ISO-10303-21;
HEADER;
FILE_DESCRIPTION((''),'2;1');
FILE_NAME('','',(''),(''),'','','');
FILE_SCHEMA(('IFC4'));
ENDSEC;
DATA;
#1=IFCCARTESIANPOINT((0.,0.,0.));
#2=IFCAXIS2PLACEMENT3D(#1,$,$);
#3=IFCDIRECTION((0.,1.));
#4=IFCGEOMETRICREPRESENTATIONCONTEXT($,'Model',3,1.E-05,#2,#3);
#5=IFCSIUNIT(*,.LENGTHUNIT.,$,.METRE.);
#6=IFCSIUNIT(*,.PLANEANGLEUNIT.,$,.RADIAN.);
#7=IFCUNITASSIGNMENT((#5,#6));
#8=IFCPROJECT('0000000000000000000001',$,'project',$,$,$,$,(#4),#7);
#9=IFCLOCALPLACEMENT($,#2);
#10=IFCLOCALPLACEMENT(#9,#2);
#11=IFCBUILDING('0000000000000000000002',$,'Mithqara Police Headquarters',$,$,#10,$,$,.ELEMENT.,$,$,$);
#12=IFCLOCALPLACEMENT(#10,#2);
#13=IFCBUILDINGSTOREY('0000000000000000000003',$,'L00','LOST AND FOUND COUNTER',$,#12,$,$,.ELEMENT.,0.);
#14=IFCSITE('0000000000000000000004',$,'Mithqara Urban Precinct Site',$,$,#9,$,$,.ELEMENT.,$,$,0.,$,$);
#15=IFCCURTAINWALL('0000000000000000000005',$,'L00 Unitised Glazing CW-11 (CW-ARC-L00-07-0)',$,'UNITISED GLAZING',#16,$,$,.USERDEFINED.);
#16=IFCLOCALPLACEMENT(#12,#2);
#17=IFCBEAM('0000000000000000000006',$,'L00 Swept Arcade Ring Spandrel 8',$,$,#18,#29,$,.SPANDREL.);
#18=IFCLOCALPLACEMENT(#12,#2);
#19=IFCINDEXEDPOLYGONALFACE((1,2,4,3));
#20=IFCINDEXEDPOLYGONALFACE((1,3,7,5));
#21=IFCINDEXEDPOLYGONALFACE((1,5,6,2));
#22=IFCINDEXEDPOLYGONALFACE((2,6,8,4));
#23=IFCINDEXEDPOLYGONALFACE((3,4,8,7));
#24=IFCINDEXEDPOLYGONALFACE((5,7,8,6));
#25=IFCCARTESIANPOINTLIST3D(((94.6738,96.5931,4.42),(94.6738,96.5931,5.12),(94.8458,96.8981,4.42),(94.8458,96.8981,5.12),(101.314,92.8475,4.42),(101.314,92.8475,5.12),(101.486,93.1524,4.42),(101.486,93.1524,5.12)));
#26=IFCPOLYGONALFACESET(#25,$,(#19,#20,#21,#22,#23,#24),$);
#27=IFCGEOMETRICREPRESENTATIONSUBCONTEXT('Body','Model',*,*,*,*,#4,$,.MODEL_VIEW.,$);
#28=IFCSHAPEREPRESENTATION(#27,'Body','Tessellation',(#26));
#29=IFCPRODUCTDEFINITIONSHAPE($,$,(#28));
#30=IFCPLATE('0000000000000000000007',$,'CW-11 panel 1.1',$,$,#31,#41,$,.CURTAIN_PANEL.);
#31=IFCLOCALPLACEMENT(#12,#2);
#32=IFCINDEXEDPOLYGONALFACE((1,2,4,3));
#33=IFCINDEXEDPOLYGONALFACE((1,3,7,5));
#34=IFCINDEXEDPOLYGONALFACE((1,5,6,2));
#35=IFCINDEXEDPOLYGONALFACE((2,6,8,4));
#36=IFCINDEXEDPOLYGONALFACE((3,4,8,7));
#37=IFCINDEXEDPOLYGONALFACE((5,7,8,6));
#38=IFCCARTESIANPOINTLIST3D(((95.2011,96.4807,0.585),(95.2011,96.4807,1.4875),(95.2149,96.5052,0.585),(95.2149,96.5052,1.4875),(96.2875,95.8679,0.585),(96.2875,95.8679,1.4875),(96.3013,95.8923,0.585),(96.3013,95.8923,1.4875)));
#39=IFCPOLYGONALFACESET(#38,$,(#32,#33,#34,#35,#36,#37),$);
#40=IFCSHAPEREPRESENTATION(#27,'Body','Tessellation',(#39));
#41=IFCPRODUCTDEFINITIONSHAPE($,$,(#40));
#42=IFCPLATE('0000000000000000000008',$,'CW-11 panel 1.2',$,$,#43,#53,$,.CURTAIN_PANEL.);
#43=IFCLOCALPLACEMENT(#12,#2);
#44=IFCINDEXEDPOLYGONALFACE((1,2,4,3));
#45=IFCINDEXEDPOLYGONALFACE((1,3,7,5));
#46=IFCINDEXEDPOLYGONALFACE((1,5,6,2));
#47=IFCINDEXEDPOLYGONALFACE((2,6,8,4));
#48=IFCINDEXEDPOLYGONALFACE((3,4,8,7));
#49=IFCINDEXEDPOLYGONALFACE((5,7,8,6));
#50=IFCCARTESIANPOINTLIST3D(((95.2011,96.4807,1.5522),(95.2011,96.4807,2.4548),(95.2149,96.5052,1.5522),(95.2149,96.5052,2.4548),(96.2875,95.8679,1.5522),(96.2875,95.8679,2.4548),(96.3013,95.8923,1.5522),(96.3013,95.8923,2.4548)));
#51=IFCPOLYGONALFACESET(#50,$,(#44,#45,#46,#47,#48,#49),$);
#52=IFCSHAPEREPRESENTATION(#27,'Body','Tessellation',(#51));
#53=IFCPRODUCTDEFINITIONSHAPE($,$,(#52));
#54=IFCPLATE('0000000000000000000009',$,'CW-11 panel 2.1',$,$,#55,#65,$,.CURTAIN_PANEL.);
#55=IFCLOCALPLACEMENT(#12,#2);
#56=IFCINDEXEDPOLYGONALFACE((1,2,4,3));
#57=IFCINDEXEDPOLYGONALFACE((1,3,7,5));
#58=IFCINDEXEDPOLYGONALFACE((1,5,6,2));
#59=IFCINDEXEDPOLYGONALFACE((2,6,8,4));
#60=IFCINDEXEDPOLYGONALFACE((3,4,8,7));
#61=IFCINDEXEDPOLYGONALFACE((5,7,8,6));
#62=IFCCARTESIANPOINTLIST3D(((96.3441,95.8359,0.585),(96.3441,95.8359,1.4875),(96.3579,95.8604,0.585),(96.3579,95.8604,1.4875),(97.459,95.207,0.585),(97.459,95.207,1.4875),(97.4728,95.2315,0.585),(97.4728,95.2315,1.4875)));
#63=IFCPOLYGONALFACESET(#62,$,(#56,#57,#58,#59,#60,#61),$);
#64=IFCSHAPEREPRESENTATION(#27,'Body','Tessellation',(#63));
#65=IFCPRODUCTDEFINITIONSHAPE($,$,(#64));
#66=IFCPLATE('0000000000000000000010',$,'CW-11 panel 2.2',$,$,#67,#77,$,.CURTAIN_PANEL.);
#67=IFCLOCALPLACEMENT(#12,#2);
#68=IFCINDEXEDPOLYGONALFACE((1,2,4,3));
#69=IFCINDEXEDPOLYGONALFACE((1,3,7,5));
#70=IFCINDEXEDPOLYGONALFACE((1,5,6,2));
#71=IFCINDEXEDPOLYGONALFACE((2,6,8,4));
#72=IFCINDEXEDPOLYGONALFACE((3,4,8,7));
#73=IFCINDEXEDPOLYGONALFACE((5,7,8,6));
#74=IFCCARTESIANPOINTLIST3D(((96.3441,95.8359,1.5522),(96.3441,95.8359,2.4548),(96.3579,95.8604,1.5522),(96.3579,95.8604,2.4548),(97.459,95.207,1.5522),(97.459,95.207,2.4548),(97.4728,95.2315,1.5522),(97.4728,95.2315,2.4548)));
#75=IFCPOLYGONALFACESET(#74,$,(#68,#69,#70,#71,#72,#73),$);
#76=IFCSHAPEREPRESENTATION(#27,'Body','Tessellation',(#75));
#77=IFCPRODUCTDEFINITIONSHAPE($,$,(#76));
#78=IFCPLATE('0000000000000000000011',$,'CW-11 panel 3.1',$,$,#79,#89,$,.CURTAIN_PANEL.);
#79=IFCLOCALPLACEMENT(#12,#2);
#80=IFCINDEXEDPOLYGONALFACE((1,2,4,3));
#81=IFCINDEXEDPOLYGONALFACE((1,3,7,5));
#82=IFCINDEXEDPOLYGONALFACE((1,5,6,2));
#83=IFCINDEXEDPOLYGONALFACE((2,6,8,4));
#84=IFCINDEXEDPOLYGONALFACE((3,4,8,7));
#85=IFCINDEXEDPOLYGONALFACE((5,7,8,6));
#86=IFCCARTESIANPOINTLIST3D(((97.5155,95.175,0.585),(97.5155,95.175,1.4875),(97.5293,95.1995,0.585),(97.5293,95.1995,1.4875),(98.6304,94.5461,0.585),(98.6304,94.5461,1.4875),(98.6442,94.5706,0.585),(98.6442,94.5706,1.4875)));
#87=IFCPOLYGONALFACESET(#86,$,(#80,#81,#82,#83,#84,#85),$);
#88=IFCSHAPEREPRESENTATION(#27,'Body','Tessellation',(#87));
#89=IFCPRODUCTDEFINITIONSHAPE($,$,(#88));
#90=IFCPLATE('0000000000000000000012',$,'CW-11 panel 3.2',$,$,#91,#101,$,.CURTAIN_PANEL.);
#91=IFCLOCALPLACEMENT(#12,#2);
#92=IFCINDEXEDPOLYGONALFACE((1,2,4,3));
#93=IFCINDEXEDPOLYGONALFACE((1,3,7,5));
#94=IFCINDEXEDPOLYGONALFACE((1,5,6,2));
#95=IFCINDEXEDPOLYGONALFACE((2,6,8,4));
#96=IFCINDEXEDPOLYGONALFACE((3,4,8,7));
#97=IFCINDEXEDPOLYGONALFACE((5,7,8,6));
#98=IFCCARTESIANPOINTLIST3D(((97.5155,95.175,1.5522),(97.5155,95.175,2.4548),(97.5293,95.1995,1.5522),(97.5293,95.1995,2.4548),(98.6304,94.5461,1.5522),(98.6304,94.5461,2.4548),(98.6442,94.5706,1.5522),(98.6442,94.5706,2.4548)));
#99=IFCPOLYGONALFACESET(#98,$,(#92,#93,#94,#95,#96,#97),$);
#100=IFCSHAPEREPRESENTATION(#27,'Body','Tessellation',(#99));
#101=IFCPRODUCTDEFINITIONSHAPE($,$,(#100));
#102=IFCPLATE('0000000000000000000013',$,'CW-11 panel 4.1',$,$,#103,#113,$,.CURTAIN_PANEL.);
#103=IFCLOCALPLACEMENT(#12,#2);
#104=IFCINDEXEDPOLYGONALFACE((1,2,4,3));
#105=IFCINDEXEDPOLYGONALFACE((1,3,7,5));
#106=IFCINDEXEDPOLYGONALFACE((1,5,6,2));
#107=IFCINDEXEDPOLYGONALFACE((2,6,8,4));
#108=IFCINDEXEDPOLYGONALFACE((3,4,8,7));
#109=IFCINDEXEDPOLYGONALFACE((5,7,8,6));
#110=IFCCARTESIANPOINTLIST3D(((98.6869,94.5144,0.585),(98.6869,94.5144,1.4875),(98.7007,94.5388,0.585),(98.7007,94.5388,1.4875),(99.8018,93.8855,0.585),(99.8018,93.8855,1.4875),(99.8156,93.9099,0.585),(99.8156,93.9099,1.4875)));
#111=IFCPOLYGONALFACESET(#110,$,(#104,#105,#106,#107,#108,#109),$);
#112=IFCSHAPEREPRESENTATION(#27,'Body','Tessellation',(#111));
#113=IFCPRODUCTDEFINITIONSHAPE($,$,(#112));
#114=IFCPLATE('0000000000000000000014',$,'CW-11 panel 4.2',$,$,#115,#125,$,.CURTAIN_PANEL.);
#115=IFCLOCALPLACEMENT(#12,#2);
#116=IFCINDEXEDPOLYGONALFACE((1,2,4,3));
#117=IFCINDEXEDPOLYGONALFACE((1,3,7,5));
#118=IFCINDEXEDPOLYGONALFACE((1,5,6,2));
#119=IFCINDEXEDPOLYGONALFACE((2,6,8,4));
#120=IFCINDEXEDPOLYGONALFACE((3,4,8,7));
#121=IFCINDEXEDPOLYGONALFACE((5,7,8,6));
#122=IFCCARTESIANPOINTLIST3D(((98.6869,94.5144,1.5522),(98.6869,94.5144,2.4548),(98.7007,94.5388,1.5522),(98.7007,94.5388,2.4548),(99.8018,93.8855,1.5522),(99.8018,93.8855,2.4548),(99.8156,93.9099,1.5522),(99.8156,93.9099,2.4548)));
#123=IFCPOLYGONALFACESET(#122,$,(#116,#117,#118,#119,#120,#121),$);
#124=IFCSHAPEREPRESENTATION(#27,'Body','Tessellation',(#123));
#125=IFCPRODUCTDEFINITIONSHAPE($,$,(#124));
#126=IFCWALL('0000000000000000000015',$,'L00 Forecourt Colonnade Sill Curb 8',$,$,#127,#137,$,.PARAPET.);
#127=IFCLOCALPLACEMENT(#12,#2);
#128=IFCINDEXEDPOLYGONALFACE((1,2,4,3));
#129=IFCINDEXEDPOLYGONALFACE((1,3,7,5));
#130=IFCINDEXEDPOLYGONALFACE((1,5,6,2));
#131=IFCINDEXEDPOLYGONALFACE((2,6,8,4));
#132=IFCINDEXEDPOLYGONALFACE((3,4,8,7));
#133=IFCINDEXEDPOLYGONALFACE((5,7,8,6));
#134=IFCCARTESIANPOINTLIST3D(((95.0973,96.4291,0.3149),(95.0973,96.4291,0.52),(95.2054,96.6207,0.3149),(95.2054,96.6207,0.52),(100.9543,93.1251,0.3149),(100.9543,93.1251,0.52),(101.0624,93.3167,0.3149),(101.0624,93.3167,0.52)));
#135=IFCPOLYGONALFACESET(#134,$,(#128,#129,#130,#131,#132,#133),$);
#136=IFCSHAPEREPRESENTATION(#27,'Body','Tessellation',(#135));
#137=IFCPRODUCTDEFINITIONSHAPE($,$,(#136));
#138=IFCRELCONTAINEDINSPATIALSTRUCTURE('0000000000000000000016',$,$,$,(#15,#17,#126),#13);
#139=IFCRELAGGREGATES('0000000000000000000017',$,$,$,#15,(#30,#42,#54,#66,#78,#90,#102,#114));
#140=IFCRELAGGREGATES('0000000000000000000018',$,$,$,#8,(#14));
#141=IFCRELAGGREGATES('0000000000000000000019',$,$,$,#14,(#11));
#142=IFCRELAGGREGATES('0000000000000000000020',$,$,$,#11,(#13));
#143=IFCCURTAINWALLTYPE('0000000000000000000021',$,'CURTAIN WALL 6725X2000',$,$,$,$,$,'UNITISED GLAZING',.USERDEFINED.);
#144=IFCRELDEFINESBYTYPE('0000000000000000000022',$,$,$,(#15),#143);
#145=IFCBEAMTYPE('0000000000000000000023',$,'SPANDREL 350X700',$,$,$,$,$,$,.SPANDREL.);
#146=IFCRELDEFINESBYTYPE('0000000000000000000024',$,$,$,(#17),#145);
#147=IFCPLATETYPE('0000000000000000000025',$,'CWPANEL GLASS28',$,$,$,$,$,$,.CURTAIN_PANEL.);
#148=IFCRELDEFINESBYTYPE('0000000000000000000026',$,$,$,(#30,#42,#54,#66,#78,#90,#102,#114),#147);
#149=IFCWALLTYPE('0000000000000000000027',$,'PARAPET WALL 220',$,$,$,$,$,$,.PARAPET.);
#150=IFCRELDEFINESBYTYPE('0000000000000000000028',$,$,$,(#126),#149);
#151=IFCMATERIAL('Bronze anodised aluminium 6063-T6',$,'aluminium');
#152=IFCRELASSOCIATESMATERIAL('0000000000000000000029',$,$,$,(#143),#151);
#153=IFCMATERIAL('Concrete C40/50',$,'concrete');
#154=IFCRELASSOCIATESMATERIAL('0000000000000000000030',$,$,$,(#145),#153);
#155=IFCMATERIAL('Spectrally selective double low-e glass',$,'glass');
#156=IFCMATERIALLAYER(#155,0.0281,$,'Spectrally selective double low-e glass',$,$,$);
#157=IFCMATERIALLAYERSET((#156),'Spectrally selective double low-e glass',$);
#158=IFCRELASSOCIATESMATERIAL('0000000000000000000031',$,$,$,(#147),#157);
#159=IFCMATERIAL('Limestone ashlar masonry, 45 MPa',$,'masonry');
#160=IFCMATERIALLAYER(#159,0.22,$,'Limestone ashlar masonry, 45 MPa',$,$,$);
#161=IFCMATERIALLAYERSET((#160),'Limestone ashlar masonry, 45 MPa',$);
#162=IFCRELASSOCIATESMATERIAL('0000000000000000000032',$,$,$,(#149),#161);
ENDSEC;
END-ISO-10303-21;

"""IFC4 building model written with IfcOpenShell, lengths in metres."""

from ifc_helpers import new_model, si_unit, direction, frame, frame_2d, origin, origin_2d, place, context, subcontext, project, spatial, rectangle, extrude, material, layer, layer_set, material_profile, profile_set, type_object, element, aggregate, save


model = new_model("IFC4")

# Units and contexts
model_context = context("Model", 3, precision=1e-05, world=origin(), true_north=direction((0.0, 1.0)))
body_context = subcontext(model_context, "Body", "Model", "MODEL_VIEW")
ifc_project = project(units=[si_unit("LENGTHUNIT", "METRE"), si_unit("PLANEANGLEUNIT", "RADIAN")], contexts=[model_context])

# Site, building, storey
site_placement = place(None, origin())
site = spatial("IfcSite", under=ifc_project, at=site_placement, Name="Mithqara Urban Precinct Site", CompositionType="ELEMENT", RefElevation=0.0)
building_placement = place(site_placement, origin())
building = spatial("IfcBuilding", under=site, at=building_placement, Name="Mithqara Police Headquarters", CompositionType="ELEMENT")
storey_placement = place(building_placement, origin())
storey = spatial("IfcBuildingStorey", under=building, at=storey_placement, Name="L00", Description="LOST AND FOUND COUNTER", CompositionType="ELEMENT", Elevation=0.0)

# Shared definitions
ifc_material_1 = material(Name="Concrete C40/50", Category="concrete")

# Shared definitions
ifc_material_2 = material(Name="Bronze anodised aluminium 6063-T6", Category="aluminium")
curtain_wall_type = type_object("IfcCurtainWallType", Name="CURTAIN WALL 6725X2000", ElementType="UNITISED GLAZING", PredefinedType="USERDEFINED", material=ifc_material_2)

# Curtain wall
curtain_wall_1_placement = place(storey_placement, origin())
curtain_wall_1 = element("IfcCurtainWall", 1, at=curtain_wall_1_placement, inside=storey, type_object=curtain_wall_type, Name="L00 Unitised Glazing CW-11 (CW-ARC-L00-07-0)", ObjectType="UNITISED GLAZING", PredefinedType="USERDEFINED")

# Beam
ifc_material_profile_1 = material_profile(ifc_material_1, rectangle(XDim=0.3501, YDim=0.7, at=origin_2d()), Name="SPB 350x700")
ifc_profile_set_1 = profile_set([ifc_material_profile_1], Name="Concrete C40/50")
beam_type_1 = type_object("IfcBeamType", Name="SPANDREL 350X700", PredefinedType="SPANDREL", material=ifc_profile_set_1)
beam_1_placement = place(storey_placement, frame((94.7598, 96.7456, 4.77), z_axis=(0.870985, -0.49131, 0.0), x_axis=(0.49131, 0.870985, 0.0)))
element("IfcBeam", 2, at=beam_1_placement, inside=storey, type_object=beam_type_1, Name="L00 Swept Arcade Ring Spandrel 8", PredefinedType="SPANDREL", context=body_context, shape_type="SweptSolid", body=[
    extrude(rectangle(XDim=0.3501, YDim=0.7, at=origin_2d()), origin(), (0.0, 0.0, 1.0), 7.6238),
])

# Plates
ifc_material_3 = material(Name="Spectrally selective double low-e glass", Category="glass")
ifc_layer_1 = layer(ifc_material_3, 0.0281, Name="Spectrally selective double low-e glass")
ifc_layer_set_1 = layer_set([ifc_layer_1], Name="Spectrally selective double low-e glass")
plate_type = type_object("IfcPlateType", Name="CWPANEL GLASS28", PredefinedType="CURTAIN_PANEL", material=ifc_layer_set_1)
plate_1_placement = place(storey_placement, frame((95.7512, 96.1865, 0.585), z_axis=(0.0, 0.0, 1.0), x_axis=(0.870982, -0.491316, 0.0)))
plate_1 = element("IfcPlate", 3, at=plate_1_placement, type_object=plate_type, Name="CW-11 panel 1.1", PredefinedType="CURTAIN_PANEL", context=body_context, shape_type="SweptSolid", body=[
    extrude(rectangle(XDim=1.2473, YDim=0.0281, at=origin_2d()), origin(), (0.0, 0.0, 1.0), 0.9026),
])
plate_2_placement = place(storey_placement, frame((95.7512, 96.1865, 1.5522), z_axis=(0.0, 0.0, 1.0), x_axis=(0.870982, -0.491316, 0.0)))
plate_2 = element("IfcPlate", 4, at=plate_2_placement, type_object=plate_type, Name="CW-11 panel 1.2", PredefinedType="CURTAIN_PANEL", context=body_context, shape_type="SweptSolid", body=[
    extrude(rectangle(XDim=1.2473, YDim=0.0281, at=origin_2d()), origin(), (0.0, 0.0, 1.0), 0.9026),
])
plate_3_placement = place(storey_placement, frame((96.9084, 95.5337, 0.585), z_axis=(0.0, 0.0, 1.0), x_axis=(0.870982, -0.491316, 0.0)))
plate_3 = element("IfcPlate", 5, at=plate_3_placement, type_object=plate_type, Name="CW-11 panel 2.1", PredefinedType="CURTAIN_PANEL", context=body_context, shape_type="SweptSolid", body=[
    extrude(rectangle(XDim=1.28, YDim=0.0281, at=origin_2d()), origin(), (0.0, 0.0, 1.0), 0.9026),
])
plate_4_placement = place(storey_placement, frame((96.9084, 95.5337, 1.5522), z_axis=(0.0, 0.0, 1.0), x_axis=(0.870982, -0.491316, 0.0)))
plate_4 = element("IfcPlate", 6, at=plate_4_placement, type_object=plate_type, Name="CW-11 panel 2.2", PredefinedType="CURTAIN_PANEL", context=body_context, shape_type="SweptSolid", body=[
    extrude(rectangle(XDim=1.28, YDim=0.0281, at=origin_2d()), origin(), (0.0, 0.0, 1.0), 0.9026),
])
plate_5_placement = place(storey_placement, frame((98.0798, 94.8728, 0.585), z_axis=(0.0, 0.0, 1.0), x_axis=(0.870982, -0.491316, 0.0)))
plate_5 = element("IfcPlate", 7, at=plate_5_placement, type_object=plate_type, Name="CW-11 panel 3.1", PredefinedType="CURTAIN_PANEL", context=body_context, shape_type="SweptSolid", body=[
    extrude(rectangle(XDim=1.28, YDim=0.0281, at=origin_2d()), origin(), (0.0, 0.0, 1.0), 0.9026),
])
plate_6_placement = place(storey_placement, frame((98.0798, 94.8728, 1.5522), z_axis=(0.0, 0.0, 1.0), x_axis=(0.870982, -0.491316, 0.0)))
plate_6 = element("IfcPlate", 8, at=plate_6_placement, type_object=plate_type, Name="CW-11 panel 3.2", PredefinedType="CURTAIN_PANEL", context=body_context, shape_type="SweptSolid", body=[
    extrude(rectangle(XDim=1.28, YDim=0.0281, at=origin_2d()), origin(), (0.0, 0.0, 1.0), 0.9026),
])
plate_7_placement = place(storey_placement, frame((99.2512, 94.2122, 0.585), z_axis=(0.0, 0.0, 1.0), x_axis=(0.870982, -0.491316, 0.0)))
plate_7 = element("IfcPlate", 9, at=plate_7_placement, type_object=plate_type, Name="CW-11 panel 4.1", PredefinedType="CURTAIN_PANEL", context=body_context, shape_type="SweptSolid", body=[
    extrude(rectangle(XDim=1.28, YDim=0.0281, at=origin_2d()), origin(), (0.0, 0.0, 1.0), 0.9026),
])
plate_8_placement = place(storey_placement, frame((99.2512, 94.2122, 1.5522), z_axis=(0.0, 0.0, 1.0), x_axis=(0.870982, -0.491316, 0.0)))
plate_8 = element("IfcPlate", 10, at=plate_8_placement, type_object=plate_type, Name="CW-11 panel 4.2", PredefinedType="CURTAIN_PANEL", context=body_context, shape_type="SweptSolid", body=[
    extrude(rectangle(XDim=1.28, YDim=0.0281, at=origin_2d()), origin(), (0.0, 0.0, 1.0), 0.9026),
])
aggregate(curtain_wall_1, [plate_1, plate_2, plate_3, plate_4, plate_5, plate_6, plate_7, plate_8])

# Wall
ifc_material_4 = material(Name="Limestone ashlar masonry, 45 MPa", Category="masonry")
ifc_layer_2 = layer(ifc_material_4, 0.22, Name="Limestone ashlar masonry, 45 MPa")
ifc_layer_set_2 = layer_set([ifc_layer_2], Name="Limestone ashlar masonry, 45 MPa")
wall_type = type_object("IfcWallType", Name="PARAPET WALL 220", PredefinedType="PARAPET", material=ifc_layer_set_2)
wall_placement = place(storey_placement, frame((95.1514, 96.5249, 0.3149), z_axis=(0.0, 0.0, 1.0), x_axis=(0.870976, -0.491326, 0.0)))
element("IfcWall", 11, at=wall_placement, inside=storey, type_object=wall_type, Name="L00 Forecourt Colonnade Sill Curb 8", PredefinedType="PARAPET", context=body_context, shape_type="SweptSolid", body=[
    extrude(rectangle(XDim=6.7246, YDim=0.22, at=frame_2d((3.3623, 0.0))), origin(), (0.0, 0.0, 1.0), 0.2051),
])

save(model, "model.ifc")
